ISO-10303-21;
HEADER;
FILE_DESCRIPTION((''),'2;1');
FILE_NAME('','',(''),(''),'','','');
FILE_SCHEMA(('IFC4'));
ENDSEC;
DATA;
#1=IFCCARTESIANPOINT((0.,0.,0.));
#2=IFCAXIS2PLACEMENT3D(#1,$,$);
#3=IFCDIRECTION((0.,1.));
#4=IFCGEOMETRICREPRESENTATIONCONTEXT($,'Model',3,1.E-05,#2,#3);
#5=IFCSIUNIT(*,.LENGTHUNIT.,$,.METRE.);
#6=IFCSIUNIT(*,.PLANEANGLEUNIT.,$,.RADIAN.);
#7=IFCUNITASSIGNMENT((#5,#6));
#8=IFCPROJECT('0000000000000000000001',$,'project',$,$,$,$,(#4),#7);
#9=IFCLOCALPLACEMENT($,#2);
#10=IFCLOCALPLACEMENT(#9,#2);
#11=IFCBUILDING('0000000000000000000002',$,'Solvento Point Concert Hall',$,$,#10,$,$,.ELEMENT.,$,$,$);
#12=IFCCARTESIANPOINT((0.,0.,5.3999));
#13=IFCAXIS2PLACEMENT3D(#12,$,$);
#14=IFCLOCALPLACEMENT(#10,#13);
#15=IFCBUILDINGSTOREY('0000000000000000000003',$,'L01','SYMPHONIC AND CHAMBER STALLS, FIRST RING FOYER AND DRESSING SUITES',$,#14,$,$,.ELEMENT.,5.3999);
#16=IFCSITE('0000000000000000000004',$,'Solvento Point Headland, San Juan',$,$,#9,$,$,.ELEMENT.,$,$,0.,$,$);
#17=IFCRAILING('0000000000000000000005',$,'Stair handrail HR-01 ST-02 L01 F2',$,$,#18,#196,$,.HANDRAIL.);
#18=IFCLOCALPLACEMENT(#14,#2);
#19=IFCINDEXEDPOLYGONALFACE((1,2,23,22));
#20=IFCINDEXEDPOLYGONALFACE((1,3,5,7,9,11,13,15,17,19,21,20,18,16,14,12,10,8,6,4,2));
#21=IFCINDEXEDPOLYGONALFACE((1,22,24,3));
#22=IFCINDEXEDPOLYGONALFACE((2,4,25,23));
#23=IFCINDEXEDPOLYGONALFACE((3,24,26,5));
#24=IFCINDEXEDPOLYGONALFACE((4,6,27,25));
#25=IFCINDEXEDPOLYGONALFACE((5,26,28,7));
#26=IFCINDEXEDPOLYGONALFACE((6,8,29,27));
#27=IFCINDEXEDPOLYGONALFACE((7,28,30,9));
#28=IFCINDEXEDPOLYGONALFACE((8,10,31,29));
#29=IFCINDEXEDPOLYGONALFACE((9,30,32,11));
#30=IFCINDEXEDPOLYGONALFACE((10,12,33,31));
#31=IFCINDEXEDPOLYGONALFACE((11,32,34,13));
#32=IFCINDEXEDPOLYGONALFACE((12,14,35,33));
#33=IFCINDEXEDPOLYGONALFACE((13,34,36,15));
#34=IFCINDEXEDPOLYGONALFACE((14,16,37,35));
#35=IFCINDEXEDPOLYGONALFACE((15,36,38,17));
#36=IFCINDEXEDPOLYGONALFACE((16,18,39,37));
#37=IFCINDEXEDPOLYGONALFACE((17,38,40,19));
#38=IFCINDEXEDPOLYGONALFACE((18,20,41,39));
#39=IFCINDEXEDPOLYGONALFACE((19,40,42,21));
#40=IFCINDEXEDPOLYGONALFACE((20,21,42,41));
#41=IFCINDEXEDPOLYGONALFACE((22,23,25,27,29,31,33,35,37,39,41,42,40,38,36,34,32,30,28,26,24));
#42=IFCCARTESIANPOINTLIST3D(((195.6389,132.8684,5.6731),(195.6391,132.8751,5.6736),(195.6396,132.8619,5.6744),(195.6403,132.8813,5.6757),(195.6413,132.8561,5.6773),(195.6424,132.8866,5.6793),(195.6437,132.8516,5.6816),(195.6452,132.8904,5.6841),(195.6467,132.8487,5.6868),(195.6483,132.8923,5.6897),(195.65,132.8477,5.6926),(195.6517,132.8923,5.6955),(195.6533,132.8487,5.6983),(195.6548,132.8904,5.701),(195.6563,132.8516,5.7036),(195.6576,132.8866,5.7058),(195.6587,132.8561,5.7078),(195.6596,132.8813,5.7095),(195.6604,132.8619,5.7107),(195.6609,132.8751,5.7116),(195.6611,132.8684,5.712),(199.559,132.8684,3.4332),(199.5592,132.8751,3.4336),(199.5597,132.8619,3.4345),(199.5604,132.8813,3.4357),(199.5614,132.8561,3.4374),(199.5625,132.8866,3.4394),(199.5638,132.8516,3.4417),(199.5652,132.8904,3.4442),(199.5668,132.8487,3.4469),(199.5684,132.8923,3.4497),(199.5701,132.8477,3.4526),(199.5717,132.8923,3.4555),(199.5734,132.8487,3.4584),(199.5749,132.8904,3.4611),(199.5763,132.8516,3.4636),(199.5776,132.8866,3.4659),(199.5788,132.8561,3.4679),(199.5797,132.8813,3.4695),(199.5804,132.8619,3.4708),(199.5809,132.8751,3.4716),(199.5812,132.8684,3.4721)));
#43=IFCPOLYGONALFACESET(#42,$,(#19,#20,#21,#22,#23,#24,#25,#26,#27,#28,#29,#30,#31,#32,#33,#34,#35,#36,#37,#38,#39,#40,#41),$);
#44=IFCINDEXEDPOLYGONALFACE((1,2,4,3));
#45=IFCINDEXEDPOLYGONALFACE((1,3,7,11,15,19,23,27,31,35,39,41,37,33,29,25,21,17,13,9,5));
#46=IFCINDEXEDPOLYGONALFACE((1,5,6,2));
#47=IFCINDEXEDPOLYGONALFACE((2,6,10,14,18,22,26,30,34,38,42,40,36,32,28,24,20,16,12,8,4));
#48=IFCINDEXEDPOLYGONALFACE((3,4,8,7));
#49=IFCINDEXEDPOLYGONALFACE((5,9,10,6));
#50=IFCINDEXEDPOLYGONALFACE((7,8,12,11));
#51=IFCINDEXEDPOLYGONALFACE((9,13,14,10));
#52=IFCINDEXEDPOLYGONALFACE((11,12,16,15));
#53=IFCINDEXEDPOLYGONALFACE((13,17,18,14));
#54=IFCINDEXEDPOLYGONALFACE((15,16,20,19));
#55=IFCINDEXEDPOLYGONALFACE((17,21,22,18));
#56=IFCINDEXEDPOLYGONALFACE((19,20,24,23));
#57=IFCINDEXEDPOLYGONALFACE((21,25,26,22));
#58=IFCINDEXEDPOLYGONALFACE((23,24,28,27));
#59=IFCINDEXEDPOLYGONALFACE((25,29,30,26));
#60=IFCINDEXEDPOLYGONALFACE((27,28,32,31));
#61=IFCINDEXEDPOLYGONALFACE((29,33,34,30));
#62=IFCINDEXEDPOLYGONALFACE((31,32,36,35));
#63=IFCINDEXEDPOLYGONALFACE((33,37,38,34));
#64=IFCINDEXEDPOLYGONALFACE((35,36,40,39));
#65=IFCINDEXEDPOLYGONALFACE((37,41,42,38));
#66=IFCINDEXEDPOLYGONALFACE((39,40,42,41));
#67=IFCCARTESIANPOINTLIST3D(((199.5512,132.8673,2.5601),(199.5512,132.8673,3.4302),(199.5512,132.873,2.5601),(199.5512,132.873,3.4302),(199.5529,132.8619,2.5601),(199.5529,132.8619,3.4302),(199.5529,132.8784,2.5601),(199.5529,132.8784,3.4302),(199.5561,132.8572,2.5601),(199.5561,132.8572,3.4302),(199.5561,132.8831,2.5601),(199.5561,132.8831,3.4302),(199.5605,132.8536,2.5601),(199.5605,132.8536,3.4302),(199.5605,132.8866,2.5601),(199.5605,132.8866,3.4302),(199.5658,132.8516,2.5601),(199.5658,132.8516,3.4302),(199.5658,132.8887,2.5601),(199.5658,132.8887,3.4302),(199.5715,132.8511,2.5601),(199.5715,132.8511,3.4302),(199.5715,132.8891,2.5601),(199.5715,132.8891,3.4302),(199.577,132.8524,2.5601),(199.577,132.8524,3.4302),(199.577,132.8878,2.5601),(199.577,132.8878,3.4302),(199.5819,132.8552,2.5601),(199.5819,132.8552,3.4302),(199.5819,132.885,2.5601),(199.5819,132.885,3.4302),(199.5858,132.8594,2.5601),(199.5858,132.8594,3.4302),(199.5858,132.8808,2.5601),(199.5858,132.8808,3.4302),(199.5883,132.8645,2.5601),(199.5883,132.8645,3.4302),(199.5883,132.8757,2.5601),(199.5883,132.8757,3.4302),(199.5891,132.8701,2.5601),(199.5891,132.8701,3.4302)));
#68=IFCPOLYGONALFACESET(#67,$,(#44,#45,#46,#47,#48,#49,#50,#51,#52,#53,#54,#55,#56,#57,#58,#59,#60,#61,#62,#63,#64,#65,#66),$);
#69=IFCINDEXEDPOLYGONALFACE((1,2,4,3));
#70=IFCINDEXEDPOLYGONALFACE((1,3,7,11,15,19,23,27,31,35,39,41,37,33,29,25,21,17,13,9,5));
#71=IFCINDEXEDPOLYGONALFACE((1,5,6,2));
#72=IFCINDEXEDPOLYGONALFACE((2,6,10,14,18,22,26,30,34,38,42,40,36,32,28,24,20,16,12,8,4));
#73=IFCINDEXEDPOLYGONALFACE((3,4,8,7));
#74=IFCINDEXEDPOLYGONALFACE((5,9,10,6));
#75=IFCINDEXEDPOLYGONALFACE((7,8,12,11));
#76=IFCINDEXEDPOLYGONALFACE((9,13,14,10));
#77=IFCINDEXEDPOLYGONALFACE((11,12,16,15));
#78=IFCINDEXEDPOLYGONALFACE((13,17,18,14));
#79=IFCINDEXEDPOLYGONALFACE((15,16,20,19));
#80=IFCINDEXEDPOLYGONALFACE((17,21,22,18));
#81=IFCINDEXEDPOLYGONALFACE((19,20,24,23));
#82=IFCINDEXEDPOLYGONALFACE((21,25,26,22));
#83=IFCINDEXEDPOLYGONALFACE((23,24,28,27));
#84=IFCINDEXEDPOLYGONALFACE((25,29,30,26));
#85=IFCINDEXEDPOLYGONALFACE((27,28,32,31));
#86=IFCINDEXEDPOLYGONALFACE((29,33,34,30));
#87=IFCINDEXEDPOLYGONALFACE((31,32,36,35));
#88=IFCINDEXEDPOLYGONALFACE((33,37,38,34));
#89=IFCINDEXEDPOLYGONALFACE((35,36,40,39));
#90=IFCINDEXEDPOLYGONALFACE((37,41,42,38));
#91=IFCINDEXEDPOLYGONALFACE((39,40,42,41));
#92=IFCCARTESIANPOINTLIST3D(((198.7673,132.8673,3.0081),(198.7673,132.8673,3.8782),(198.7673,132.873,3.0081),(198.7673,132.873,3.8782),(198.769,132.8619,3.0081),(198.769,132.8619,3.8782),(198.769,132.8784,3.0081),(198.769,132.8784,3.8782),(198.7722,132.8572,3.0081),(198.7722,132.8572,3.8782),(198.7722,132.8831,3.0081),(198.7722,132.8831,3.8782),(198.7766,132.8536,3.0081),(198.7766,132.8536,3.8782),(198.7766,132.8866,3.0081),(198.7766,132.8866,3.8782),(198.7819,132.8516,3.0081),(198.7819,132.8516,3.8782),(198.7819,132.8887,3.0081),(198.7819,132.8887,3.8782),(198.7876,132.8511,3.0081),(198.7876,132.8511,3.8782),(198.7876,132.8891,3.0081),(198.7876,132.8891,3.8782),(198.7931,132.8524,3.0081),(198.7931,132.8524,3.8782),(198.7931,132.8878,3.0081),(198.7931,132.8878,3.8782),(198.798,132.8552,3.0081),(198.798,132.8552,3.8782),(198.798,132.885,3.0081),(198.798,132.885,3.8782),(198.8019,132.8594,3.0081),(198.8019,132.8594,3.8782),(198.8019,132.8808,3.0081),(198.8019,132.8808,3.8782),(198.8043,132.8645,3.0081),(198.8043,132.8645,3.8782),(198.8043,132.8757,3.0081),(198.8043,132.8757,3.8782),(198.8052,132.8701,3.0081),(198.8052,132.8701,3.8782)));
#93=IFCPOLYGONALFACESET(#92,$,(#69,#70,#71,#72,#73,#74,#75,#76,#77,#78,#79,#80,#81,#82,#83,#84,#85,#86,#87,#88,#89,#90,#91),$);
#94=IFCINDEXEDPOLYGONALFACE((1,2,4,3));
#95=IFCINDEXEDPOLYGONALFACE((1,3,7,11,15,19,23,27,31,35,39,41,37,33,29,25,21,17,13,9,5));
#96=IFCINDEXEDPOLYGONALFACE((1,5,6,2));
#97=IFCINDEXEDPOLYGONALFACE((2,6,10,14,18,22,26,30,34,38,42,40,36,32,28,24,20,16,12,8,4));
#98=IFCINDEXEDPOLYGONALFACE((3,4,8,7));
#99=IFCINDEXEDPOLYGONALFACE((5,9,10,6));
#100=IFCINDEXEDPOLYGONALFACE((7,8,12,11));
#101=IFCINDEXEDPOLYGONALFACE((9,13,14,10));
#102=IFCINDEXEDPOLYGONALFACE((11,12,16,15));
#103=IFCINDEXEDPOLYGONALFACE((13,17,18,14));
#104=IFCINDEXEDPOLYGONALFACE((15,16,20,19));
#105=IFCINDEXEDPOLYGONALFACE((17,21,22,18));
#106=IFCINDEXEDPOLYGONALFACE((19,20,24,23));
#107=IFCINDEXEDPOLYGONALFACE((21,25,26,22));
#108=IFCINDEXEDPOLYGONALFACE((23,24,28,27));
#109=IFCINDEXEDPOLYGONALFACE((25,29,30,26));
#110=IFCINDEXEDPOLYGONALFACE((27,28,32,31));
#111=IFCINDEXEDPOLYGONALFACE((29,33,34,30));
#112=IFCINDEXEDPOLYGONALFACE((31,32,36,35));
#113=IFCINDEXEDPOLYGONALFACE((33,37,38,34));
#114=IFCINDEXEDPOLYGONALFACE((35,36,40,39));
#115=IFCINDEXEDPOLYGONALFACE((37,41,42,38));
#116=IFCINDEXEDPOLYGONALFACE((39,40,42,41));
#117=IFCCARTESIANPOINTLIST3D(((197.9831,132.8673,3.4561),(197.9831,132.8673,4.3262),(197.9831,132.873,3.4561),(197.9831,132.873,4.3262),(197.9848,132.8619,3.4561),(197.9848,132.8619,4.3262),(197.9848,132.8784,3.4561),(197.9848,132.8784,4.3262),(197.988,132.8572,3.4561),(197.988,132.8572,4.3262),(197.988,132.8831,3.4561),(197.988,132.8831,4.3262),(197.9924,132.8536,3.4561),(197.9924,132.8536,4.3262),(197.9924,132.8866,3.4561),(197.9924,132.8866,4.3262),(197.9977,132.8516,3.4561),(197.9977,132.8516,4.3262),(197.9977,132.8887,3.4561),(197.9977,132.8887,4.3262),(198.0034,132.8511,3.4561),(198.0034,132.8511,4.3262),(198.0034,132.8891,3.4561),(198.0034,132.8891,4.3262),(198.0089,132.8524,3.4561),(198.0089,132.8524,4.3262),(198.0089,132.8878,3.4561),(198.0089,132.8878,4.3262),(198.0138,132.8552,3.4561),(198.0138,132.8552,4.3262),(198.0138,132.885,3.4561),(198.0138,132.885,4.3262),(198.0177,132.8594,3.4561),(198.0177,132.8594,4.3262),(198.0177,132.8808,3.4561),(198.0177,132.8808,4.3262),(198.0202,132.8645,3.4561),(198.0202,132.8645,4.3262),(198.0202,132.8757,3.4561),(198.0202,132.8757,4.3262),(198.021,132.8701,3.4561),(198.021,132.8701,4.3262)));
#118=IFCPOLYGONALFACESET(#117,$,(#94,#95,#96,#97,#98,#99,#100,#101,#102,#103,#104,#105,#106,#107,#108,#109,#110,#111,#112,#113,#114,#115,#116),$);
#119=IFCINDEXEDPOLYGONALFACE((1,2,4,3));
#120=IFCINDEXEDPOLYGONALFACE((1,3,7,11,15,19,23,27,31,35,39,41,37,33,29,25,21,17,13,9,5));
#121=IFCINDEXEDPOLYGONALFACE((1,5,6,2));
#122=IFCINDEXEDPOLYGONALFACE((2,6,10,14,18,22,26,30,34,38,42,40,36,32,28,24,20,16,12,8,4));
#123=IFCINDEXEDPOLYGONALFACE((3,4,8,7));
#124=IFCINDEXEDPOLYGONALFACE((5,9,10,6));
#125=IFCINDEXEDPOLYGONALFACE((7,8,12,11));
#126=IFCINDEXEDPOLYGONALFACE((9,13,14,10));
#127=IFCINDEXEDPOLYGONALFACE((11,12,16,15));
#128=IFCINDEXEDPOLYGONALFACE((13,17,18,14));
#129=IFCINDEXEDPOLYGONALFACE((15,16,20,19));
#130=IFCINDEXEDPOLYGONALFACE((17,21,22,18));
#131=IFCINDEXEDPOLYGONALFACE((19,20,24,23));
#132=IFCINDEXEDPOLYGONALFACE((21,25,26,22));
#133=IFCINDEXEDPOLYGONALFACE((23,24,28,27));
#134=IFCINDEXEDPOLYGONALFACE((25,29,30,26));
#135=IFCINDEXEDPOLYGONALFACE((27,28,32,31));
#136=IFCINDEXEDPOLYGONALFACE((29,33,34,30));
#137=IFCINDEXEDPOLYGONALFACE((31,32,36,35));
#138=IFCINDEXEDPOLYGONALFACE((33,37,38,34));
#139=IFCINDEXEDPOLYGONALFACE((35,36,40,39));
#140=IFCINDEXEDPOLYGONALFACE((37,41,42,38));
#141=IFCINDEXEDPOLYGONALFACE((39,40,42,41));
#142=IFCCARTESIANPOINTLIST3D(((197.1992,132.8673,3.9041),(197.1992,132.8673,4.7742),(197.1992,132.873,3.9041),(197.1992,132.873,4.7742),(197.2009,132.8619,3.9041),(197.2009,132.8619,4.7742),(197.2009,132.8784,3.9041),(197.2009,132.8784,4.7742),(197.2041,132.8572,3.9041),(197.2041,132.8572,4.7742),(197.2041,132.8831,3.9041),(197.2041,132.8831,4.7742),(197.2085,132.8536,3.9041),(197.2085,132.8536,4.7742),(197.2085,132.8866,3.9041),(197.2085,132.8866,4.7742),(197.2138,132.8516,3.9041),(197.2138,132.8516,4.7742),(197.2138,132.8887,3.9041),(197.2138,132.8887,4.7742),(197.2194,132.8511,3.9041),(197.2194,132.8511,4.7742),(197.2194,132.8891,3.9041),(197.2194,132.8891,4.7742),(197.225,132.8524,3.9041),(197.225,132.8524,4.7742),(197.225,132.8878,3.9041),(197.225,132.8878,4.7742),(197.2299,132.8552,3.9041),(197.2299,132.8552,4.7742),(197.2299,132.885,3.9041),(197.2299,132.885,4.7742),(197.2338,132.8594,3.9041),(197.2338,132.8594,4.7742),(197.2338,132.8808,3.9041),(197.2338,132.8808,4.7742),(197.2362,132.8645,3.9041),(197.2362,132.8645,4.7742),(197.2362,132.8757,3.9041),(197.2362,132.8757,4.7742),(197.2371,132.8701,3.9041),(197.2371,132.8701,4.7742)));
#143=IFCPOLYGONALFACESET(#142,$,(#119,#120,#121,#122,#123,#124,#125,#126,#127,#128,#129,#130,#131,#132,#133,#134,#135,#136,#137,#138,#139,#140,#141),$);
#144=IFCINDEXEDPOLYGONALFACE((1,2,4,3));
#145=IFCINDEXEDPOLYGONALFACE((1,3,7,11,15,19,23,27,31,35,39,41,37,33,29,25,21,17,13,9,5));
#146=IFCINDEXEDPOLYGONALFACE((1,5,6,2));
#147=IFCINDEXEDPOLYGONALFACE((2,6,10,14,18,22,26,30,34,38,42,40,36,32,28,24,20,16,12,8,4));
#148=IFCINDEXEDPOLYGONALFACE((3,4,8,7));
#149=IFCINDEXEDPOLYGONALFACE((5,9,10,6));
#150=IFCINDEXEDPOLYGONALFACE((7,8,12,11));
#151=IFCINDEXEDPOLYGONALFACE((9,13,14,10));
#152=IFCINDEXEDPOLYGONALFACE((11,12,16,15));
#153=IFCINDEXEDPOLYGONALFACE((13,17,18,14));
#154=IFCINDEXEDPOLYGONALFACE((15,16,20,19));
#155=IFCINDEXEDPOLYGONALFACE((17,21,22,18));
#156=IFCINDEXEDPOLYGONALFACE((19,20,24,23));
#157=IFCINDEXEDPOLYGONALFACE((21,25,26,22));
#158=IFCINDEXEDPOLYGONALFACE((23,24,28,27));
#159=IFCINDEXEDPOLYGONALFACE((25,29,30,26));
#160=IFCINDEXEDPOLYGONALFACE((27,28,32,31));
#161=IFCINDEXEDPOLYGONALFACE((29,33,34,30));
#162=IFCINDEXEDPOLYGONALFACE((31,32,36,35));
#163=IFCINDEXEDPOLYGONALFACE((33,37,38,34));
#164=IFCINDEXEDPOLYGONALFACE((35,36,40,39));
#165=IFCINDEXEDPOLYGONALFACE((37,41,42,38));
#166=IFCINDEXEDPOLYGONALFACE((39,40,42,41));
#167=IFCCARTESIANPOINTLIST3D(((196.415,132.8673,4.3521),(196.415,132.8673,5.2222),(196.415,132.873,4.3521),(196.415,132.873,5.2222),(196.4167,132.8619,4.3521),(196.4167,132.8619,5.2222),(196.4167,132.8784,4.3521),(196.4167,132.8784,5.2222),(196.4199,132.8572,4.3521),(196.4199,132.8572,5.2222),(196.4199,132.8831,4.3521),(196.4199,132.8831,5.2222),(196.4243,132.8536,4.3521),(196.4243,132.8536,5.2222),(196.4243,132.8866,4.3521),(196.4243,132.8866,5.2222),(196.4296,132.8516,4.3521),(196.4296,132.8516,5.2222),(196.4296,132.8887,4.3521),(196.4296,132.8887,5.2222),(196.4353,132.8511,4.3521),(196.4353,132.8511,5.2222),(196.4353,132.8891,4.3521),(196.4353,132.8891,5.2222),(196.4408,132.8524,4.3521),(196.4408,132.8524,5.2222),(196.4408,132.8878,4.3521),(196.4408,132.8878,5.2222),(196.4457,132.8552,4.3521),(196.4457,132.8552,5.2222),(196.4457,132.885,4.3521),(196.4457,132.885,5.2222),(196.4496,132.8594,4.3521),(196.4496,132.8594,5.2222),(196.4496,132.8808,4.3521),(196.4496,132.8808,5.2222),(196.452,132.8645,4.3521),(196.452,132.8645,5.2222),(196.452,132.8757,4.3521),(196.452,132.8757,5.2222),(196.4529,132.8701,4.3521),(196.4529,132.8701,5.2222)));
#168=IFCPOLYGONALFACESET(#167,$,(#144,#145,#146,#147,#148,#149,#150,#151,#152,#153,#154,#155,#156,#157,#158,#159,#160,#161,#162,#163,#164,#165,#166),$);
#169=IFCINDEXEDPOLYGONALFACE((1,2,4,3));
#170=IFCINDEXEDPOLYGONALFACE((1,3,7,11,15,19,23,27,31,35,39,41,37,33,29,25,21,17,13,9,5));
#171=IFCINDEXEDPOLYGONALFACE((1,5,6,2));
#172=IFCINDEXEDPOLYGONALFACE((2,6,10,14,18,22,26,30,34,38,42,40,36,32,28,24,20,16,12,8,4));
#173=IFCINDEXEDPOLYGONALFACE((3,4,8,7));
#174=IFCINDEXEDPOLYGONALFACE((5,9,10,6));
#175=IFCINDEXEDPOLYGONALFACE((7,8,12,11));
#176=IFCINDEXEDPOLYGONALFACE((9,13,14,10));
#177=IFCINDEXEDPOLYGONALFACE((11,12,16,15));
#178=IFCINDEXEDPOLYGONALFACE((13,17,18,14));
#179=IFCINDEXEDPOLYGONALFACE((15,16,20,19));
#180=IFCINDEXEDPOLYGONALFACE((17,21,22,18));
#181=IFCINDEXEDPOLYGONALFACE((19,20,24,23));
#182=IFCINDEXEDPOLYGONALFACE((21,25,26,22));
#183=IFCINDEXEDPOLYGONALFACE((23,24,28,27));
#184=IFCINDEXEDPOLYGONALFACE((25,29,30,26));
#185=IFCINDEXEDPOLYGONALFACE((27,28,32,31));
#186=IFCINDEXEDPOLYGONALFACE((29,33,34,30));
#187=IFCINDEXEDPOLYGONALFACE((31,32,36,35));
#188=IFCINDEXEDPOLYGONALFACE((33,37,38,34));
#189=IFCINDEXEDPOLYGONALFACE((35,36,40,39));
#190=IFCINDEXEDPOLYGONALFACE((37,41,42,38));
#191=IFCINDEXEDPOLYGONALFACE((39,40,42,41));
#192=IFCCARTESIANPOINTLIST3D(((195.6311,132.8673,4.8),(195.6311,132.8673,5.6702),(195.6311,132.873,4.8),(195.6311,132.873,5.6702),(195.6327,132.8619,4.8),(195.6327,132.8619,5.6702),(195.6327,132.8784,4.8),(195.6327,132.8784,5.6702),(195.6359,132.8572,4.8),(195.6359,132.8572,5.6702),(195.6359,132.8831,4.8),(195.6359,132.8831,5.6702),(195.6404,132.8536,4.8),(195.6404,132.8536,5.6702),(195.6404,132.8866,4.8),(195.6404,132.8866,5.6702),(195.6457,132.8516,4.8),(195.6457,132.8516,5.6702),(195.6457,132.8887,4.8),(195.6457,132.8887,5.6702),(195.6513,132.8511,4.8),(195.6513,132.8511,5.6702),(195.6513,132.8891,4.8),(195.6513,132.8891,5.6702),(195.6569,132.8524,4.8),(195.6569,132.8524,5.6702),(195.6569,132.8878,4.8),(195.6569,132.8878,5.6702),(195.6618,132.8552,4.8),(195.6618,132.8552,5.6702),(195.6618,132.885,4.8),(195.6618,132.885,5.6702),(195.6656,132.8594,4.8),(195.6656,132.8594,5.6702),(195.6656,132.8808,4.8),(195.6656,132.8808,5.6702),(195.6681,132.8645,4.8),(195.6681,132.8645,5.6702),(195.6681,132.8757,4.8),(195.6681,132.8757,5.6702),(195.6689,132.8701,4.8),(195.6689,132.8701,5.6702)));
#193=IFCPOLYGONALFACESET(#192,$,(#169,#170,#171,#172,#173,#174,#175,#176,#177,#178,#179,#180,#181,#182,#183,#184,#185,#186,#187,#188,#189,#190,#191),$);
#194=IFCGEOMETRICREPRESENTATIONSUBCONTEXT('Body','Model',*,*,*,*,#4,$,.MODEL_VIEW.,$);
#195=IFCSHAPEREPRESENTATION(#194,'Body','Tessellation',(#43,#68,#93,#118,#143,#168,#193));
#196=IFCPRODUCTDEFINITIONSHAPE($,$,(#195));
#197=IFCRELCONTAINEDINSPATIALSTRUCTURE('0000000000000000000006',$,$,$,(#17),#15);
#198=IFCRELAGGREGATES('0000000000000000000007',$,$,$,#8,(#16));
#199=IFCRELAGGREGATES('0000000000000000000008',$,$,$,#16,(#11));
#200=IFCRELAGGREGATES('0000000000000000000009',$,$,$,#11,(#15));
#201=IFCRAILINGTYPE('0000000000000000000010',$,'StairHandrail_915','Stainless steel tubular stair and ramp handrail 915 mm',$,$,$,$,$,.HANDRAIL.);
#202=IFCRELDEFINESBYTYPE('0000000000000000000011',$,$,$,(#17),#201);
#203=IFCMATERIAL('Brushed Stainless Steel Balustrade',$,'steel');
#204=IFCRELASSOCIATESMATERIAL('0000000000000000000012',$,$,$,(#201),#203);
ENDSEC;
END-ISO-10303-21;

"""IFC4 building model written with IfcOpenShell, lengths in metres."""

from ifc_helpers import new_model, si_unit, direction, frame, origin, origin_2d, place, context, subcontext, project, spatial, circle, extrude, material, type_object, element, save


model = new_model("IFC4")

# Units and contexts
model_context = context("Model", 3, precision=1e-05, world=origin(), true_north=direction((0.0, 1.0)))
body_context = subcontext(model_context, "Body", "Model", "MODEL_VIEW")
ifc_project = project(units=[si_unit("LENGTHUNIT", "METRE"), si_unit("PLANEANGLEUNIT", "RADIAN")], contexts=[model_context])

# Site, building, storey
site_placement = place(None, origin())
site = spatial("IfcSite", under=ifc_project, at=site_placement, Name="Solvento Point Headland, San Juan", CompositionType="ELEMENT", RefElevation=0.0)
building_placement = place(site_placement, origin())
building = spatial("IfcBuilding", under=site, at=building_placement, Name="Solvento Point Concert Hall", CompositionType="ELEMENT")
storey_placement = place(building_placement, frame((0.0, 0.0, 5.3999)))
storey = spatial("IfcBuildingStorey", under=building, at=storey_placement, Name="L01", Description="SYMPHONIC AND CHAMBER STALLS, FIRST RING FOYER AND DRESSING SUITES", CompositionType="ELEMENT", Elevation=5.3999)

# Railing
ifc_material_1 = material(Name="Brushed Stainless Steel Balustrade", Category="steel")
railing_type_1 = type_object("IfcRailingType", Name="StairHandrail_915", Description="Stainless steel tubular stair and ramp handrail 915 mm", PredefinedType="HANDRAIL", material=ifc_material_1)
railing_1_placement = place(storey_placement, frame((199.5701, 132.8701, 2.5601)))
element("IfcRailing", 1, at=railing_1_placement, inside=storey, type_object=railing_type_1, Name="Stair handrail HR-01 ST-02 L01 F2", PredefinedType="HANDRAIL", context=body_context, shape_type="SweptSolid", body=[
    extrude(circle(Radius=0.0225, at=origin_2d()), frame((0.0, 0.0, 0.8926), z_axis=(-0.868253, 0.0, 0.496121), x_axis=(0.0, -1.0, 0.0)), (0.0, 0.0, 1.0), 4.5149),
    extrude(circle(Radius=0.019, at=origin_2d()), origin(), (0.0, 0.0, 1.0), 0.8701),
    extrude(circle(Radius=0.019, at=origin_2d()), frame((-0.7839, 0.0, 0.448)), (0.0, 0.0, 1.0), 0.8701),
    extrude(circle(Radius=0.019, at=origin_2d()), frame((-1.5681, 0.0, 0.896)), (0.0, 0.0, 1.0), 0.8701),
    extrude(circle(Radius=0.019, at=origin_2d()), frame((-2.3521, 0.0, 1.344)), (0.0, 0.0, 1.0), 0.8701),
    extrude(circle(Radius=0.019, at=origin_2d()), frame((-3.1362, 0.0, 1.792)), (0.0, 0.0, 1.0), 0.8701),
    extrude(circle(Radius=0.019, at=origin_2d()), frame((-3.9202, 0.0, 2.24)), (0.0, 0.0, 1.0), 0.8701),
])

save(model, "model.ifc")
